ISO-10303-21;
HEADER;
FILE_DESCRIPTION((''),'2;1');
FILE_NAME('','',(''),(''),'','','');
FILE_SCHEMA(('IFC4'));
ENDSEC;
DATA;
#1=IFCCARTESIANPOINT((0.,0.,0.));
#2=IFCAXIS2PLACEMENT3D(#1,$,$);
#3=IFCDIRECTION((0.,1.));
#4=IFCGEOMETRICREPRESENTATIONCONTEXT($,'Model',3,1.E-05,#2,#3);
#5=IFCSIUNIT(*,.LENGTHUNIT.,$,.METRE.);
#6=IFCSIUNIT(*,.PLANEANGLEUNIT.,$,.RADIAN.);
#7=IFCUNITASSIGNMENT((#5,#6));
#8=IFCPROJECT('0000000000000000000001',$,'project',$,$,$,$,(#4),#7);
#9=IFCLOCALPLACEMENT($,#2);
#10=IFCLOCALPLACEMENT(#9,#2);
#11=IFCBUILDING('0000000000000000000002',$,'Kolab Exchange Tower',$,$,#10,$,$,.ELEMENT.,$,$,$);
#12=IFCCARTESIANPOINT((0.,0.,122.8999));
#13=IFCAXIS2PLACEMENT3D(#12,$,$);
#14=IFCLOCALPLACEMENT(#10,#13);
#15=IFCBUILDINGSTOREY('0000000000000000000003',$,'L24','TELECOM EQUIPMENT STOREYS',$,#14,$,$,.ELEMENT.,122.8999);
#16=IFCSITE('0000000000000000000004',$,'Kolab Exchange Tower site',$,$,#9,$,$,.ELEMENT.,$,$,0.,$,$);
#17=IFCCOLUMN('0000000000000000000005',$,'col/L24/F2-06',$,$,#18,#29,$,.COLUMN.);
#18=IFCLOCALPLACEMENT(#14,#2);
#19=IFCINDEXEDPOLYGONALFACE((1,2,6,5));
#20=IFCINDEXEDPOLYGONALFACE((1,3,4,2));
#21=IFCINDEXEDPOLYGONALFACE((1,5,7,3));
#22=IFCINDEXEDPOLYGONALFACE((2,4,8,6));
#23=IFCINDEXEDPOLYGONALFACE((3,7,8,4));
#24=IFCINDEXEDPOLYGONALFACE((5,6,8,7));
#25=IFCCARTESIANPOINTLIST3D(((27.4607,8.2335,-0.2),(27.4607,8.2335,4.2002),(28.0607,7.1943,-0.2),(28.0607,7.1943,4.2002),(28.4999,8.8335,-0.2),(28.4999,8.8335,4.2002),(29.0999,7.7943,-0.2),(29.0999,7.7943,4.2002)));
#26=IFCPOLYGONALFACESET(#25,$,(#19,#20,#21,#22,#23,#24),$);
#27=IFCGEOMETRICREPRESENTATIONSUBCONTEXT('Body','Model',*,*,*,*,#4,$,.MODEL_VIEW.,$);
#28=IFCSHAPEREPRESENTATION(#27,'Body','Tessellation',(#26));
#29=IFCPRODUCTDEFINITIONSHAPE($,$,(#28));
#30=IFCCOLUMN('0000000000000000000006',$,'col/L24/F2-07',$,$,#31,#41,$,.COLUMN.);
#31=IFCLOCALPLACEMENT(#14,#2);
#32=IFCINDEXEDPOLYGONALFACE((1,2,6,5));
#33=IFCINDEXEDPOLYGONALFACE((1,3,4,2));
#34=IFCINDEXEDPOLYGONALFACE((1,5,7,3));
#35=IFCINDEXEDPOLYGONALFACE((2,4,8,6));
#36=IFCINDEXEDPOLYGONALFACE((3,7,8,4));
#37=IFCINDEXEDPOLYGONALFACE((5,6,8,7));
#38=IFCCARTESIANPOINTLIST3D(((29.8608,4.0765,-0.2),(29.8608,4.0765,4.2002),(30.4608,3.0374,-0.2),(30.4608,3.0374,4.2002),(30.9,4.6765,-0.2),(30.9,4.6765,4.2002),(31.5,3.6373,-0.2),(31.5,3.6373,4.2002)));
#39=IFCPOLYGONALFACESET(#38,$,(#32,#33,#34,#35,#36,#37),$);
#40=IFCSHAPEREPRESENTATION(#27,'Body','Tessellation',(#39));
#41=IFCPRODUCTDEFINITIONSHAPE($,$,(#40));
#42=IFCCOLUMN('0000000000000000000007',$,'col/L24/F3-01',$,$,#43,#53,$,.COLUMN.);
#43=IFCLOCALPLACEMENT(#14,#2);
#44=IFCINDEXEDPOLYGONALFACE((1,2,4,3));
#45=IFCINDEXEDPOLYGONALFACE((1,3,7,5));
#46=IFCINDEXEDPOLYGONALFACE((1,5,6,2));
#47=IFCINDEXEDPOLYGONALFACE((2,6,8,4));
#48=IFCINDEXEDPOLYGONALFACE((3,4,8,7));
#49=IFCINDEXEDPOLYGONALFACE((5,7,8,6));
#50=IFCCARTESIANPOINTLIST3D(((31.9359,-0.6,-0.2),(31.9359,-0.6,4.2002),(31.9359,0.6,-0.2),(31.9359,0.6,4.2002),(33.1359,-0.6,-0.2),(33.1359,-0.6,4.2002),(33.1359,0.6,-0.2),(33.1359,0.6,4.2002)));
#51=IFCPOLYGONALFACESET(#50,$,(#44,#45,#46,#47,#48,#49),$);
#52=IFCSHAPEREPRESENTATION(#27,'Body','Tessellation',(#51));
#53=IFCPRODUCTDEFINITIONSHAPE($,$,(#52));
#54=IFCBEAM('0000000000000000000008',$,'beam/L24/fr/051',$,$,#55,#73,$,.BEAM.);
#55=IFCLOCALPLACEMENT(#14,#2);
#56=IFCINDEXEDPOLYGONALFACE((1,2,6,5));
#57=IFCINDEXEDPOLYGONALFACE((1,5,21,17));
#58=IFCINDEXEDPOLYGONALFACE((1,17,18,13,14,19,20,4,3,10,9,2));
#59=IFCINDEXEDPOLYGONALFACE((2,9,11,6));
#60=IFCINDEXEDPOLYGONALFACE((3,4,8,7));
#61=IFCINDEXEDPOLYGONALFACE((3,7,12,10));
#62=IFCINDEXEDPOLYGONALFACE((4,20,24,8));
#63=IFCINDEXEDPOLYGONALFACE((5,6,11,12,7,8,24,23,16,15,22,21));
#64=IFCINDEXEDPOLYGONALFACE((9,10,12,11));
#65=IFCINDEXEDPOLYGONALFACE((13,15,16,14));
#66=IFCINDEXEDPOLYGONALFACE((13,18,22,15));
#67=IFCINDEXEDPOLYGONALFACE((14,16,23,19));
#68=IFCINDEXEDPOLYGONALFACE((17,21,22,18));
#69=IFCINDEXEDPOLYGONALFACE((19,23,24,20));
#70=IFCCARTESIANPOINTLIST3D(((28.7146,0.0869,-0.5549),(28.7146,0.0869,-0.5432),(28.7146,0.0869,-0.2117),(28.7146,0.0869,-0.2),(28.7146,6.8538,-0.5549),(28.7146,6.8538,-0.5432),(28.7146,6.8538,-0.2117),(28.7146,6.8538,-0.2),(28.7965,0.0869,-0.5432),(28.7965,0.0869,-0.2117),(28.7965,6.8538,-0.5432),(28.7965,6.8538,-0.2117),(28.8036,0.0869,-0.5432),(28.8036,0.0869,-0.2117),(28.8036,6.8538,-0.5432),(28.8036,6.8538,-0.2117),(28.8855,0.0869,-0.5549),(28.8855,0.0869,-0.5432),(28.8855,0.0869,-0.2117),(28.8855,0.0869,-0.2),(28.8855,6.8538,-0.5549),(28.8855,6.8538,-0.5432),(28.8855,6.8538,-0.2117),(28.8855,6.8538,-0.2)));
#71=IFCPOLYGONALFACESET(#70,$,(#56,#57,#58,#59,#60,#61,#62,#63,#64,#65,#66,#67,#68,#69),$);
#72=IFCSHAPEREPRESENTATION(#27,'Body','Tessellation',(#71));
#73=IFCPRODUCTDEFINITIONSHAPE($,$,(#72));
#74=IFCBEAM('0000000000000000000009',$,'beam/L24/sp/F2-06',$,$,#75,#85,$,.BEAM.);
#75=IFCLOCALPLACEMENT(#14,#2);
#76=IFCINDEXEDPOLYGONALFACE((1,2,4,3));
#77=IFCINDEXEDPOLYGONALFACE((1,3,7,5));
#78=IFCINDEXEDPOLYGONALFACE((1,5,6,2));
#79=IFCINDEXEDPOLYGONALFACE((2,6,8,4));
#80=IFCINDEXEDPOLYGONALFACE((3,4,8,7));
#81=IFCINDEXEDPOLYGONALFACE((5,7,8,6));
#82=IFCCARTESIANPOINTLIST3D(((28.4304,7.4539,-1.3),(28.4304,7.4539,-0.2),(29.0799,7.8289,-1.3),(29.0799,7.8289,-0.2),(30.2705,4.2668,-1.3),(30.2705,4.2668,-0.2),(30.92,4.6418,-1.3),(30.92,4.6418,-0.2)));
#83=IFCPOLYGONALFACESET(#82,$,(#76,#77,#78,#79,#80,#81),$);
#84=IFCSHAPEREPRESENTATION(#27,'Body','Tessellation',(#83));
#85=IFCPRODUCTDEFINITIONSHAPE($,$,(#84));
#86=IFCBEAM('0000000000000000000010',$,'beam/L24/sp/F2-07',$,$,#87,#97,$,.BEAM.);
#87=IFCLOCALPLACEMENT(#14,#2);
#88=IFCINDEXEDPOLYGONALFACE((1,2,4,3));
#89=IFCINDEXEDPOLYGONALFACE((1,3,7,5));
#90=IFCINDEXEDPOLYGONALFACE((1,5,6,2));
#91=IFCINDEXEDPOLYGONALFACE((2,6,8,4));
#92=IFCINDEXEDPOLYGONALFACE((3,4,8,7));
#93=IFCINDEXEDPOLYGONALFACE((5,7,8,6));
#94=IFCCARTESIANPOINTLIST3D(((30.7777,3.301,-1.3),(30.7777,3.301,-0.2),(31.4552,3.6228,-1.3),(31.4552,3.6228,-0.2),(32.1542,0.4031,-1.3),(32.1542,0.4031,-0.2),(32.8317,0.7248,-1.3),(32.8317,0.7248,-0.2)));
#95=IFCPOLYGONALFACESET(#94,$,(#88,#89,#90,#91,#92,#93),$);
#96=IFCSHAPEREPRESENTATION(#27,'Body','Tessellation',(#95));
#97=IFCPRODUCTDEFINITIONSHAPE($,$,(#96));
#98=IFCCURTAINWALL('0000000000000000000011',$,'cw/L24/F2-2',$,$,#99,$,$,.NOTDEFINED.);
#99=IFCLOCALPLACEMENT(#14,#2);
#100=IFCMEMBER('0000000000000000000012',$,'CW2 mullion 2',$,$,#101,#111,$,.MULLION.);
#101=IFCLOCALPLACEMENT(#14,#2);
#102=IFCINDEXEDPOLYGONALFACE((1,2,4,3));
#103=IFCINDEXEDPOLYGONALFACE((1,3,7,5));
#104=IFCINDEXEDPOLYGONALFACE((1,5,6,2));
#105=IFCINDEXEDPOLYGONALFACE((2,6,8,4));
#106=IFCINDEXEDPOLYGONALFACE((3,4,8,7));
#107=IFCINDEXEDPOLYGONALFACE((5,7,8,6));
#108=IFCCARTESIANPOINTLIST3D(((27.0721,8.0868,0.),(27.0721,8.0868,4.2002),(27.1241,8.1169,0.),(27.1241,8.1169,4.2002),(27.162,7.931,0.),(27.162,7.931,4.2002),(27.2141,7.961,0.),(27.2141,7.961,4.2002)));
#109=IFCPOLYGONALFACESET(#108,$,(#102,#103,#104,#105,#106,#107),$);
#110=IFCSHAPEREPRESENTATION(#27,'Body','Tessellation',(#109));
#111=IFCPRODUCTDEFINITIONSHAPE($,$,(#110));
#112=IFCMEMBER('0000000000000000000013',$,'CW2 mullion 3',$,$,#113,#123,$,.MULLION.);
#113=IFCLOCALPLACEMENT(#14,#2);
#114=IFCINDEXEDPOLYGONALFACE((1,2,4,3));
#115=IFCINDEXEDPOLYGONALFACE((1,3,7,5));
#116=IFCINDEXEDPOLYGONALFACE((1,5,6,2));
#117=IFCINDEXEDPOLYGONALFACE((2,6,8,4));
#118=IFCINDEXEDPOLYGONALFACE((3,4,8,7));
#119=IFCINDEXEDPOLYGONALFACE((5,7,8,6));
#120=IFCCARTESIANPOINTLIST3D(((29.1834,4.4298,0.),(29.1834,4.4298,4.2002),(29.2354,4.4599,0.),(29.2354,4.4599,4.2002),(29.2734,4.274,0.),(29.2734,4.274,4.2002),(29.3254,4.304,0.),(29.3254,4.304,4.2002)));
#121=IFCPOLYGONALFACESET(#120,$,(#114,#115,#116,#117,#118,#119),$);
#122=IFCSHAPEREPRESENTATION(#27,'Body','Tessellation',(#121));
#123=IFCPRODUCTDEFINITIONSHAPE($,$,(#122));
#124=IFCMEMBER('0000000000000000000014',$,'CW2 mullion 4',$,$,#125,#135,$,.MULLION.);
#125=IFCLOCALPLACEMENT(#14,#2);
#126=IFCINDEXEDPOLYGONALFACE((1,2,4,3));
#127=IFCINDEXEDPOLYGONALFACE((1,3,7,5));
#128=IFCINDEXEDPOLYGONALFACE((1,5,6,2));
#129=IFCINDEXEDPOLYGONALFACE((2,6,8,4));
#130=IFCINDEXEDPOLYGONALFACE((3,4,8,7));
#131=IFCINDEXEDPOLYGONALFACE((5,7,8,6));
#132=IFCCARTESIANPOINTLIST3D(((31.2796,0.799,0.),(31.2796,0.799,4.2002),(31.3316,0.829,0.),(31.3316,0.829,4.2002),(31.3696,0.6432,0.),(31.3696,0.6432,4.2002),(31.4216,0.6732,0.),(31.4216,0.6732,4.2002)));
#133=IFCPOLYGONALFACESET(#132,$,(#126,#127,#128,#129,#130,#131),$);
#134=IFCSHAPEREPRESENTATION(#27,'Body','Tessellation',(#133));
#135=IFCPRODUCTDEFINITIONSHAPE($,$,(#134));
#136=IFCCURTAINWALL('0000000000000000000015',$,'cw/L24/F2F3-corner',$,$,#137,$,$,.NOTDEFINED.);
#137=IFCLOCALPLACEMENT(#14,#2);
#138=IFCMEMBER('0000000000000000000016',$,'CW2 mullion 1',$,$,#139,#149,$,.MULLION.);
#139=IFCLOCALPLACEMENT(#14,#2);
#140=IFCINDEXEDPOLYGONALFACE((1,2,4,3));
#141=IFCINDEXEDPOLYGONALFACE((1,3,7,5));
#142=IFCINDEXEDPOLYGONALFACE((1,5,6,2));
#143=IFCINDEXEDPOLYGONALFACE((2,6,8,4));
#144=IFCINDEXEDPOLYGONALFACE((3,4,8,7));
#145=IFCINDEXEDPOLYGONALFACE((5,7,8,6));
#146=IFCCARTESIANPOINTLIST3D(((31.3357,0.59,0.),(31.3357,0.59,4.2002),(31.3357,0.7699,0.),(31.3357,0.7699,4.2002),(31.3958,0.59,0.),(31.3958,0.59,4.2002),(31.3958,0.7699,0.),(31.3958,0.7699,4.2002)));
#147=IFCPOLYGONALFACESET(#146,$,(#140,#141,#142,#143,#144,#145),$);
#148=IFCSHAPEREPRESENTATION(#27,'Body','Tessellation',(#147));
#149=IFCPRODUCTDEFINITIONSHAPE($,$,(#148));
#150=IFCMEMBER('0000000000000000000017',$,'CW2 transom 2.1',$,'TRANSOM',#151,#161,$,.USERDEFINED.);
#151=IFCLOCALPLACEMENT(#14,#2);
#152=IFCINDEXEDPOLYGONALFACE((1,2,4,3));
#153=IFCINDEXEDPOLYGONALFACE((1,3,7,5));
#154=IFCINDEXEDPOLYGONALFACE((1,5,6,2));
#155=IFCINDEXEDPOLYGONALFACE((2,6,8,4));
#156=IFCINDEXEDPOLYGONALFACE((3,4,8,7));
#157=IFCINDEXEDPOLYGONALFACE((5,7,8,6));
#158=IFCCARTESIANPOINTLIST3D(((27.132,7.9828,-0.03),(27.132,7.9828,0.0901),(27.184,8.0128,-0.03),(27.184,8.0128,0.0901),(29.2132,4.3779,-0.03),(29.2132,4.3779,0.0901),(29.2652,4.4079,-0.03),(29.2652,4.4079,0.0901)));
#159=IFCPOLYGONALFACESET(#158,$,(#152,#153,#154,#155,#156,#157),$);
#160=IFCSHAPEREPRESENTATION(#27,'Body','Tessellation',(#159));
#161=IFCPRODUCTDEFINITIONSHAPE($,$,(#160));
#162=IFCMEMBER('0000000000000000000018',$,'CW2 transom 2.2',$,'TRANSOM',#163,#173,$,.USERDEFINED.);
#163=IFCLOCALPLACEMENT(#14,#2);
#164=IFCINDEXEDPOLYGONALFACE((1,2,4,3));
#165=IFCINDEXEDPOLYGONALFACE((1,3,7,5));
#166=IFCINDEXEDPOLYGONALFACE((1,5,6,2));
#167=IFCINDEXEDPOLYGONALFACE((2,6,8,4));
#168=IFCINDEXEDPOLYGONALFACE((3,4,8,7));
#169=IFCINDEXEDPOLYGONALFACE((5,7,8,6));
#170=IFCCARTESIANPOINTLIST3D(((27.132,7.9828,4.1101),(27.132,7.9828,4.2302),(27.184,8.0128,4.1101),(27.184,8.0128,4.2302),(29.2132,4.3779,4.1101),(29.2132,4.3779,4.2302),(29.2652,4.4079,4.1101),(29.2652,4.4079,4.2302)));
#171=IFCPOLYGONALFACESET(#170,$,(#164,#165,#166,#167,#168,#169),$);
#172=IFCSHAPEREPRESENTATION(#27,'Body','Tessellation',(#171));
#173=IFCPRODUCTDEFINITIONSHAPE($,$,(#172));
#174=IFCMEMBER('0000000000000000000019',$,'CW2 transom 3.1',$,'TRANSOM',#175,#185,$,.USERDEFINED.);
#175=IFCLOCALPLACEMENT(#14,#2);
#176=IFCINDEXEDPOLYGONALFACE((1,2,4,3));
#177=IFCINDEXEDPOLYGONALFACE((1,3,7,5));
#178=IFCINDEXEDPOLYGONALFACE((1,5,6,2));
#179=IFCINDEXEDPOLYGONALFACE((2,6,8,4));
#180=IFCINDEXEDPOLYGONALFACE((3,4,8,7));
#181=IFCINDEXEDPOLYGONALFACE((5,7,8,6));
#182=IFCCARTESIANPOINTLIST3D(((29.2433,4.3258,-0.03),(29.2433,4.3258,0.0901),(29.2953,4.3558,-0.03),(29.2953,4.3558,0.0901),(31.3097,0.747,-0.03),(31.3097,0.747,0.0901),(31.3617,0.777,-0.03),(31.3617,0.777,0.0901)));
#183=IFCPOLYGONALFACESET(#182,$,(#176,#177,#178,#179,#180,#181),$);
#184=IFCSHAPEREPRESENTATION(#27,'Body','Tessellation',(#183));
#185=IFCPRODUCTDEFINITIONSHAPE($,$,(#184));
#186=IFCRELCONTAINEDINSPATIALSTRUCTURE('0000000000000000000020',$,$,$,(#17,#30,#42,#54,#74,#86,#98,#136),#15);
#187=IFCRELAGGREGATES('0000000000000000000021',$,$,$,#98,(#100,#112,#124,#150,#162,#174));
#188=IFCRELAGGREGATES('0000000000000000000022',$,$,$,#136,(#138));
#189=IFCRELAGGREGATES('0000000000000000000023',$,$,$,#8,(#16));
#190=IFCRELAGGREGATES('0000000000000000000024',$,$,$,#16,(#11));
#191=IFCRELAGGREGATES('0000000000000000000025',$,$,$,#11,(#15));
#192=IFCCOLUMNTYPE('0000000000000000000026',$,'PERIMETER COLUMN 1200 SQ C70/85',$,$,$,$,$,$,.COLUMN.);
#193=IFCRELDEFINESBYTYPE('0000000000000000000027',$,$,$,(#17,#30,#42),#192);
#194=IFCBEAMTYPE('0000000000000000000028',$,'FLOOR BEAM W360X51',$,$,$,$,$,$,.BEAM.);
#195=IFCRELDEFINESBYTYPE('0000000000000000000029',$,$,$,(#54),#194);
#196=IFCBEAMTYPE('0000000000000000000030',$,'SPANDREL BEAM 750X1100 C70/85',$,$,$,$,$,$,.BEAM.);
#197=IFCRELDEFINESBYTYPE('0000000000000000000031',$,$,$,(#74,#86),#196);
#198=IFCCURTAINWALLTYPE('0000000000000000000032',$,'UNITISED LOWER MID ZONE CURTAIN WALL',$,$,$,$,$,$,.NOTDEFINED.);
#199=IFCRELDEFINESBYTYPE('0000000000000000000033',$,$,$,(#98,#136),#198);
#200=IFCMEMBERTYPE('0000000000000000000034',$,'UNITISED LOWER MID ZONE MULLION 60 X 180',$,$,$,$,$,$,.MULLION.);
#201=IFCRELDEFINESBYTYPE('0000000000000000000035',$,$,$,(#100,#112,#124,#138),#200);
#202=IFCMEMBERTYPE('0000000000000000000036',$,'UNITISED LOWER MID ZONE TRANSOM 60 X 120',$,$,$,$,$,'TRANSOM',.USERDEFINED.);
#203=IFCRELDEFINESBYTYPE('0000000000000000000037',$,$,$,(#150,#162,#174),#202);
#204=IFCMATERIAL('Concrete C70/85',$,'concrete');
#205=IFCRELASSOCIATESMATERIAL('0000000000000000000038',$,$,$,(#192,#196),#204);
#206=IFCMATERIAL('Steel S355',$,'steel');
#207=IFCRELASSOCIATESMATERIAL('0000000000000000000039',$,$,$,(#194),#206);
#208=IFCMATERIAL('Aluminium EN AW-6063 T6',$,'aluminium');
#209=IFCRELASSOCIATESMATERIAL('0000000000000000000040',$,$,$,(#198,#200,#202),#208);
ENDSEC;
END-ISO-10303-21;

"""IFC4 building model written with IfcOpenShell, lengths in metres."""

from ifc_helpers import new_model, si_unit, direction, frame, origin, origin_2d, place, context, subcontext, project, spatial, rectangle, i_section, extrude, material, material_profile, profile_set, type_object, element, aggregate, save


model = new_model("IFC4")

# Units and contexts
model_context = context("Model", 3, precision=1e-05, world=origin(), true_north=direction((0.0, 1.0)))
body_context = subcontext(model_context, "Body", "Model", "MODEL_VIEW")
ifc_project = project(units=[si_unit("LENGTHUNIT", "METRE"), si_unit("PLANEANGLEUNIT", "RADIAN")], contexts=[model_context])

# Site, building, storey
site_placement = place(None, origin())
site = spatial("IfcSite", under=ifc_project, at=site_placement, Name="Kolab Exchange Tower site", CompositionType="ELEMENT", RefElevation=0.0)
building_placement = place(site_placement, origin())
building = spatial("IfcBuilding", under=site, at=building_placement, Name="Kolab Exchange Tower", CompositionType="ELEMENT")
storey_placement = place(building_placement, frame((0.0, 0.0, 122.8999)))
storey = spatial("IfcBuildingStorey", under=building, at=storey_placement, Name="L24", Description="TELECOM EQUIPMENT STOREYS", CompositionType="ELEMENT", Elevation=122.8999)

# Columns
ifc_material_1 = material(Name="Concrete C70/85", Category="concrete")
ifc_material_profile_1 = material_profile(ifc_material_1, rectangle(XDim=1.2, YDim=1.2, at=origin_2d()), Name="RC1200")
ifc_profile_set_1 = profile_set([ifc_material_profile_1], Name="Concrete C70/85")
column_type = type_object("IfcColumnType", Name="PERIMETER COLUMN 1200 SQ C70/85", PredefinedType="COLUMN", material=ifc_profile_set_1)
for number, where, z_axis, x_axis, name in (
    (1, (28.2803, 8.0139, -0.2), (0.0, 0.0, 1.0), (0.866025, 0.5, 0.0), "col/L24/F2-06"),
    (2, (30.6804, 3.8569, -0.2), (0.0, 0.0, 1.0), (0.866025, 0.5, 0.0), "col/L24/F2-07"),
    (3, (32.5359, 0.0, -0.2), (0.0, 0.0, 1.0), (1.0, 0.0, 0.0), "col/L24/F3-01"),
):
    element("IfcColumn", number, at=place(storey_placement, frame(where, z_axis=z_axis, x_axis=x_axis)), inside=storey, type_object=column_type, Name=name, PredefinedType="COLUMN", context=body_context, shape_type="SweptSolid", body=[
        extrude(rectangle(XDim=1.2, YDim=1.2, at=origin_2d()), origin(), (0.0, 0.0, 1.0), 4.4001),
    ])

# Beams
ifc_material_2 = material(Name="Steel S355", Category="steel")
ifc_material_profile_2 = material_profile(ifc_material_2, i_section(OverallWidth=0.1709, OverallDepth=0.355, WebThickness=0.0071, FlangeThickness=0.0117, at=origin_2d()), Name="W360X51")
ifc_profile_set_2 = profile_set([ifc_material_profile_2], Name="Steel S355")
beam_type_1 = type_object("IfcBeamType", Name="FLOOR BEAM W360X51", PredefinedType="BEAM", material=ifc_profile_set_2)
beam_1_placement = place(storey_placement, frame((28.8, 0.0869, -0.3774), z_axis=(0.0, 1.0, 0.0), x_axis=(-1.0, 0.0, 0.0)))
element("IfcBeam", 4, at=beam_1_placement, inside=storey, type_object=beam_type_1, Name="beam/L24/fr/051", PredefinedType="BEAM", context=body_context, shape_type="SweptSolid", body=[
    extrude(i_section(OverallWidth=0.1709, OverallDepth=0.355, WebThickness=0.0071, FlangeThickness=0.0117, at=origin_2d()), origin(), (0.0, 0.0, 1.0), 6.7668),
])
ifc_material_profile_3 = material_profile(ifc_material_1, rectangle(XDim=0.75, YDim=1.1001, at=origin_2d()), Name="RC750X1100")
ifc_profile_set_3 = profile_set([ifc_material_profile_3], Name="Concrete C70/85")
beam_type_2 = type_object("IfcBeamType", Name="SPANDREL BEAM 750X1100 C70/85", PredefinedType="BEAM", material=ifc_profile_set_3)
beam_2_placement = place(storey_placement, frame((28.7551, 7.6414, -0.75), z_axis=(0.500013, -0.866018, 0.0), x_axis=(0.866018, 0.500013, 0.0)))
element("IfcBeam", 5, at=beam_2_placement, inside=storey, type_object=beam_type_2, Name="beam/L24/sp/F2-06", PredefinedType="BEAM", context=body_context, shape_type="SweptSolid", body=[
    extrude(rectangle(XDim=0.75, YDim=1.1001, at=origin_2d()), origin(), (0.0, 0.0, 1.0), 3.6802),
])
beam_3_placement = place(storey_placement, frame((31.1165, 3.4619, -0.75), z_axis=(0.429041, -0.903285, 0.0), x_axis=(0.903285, 0.429041, 0.0)))
element("IfcBeam", 6, at=beam_3_placement, inside=storey, type_object=beam_type_2, Name="beam/L24/sp/F2-07", PredefinedType="BEAM", context=body_context, shape_type="SweptSolid", body=[
    extrude(rectangle(XDim=0.75, YDim=1.1001, at=origin_2d()), origin(), (0.0, 0.0, 1.0), 3.2083),
])

# Curtain wall, members
ifc_material_3 = material(Name="Aluminium EN AW-6063 T6", Category="aluminium")
curtain_wall_type = type_object("IfcCurtainWallType", Name="UNITISED LOWER MID ZONE CURTAIN WALL", PredefinedType="NOTDEFINED", material=ifc_material_3)
curtain_wall_1_placement = place(storey_placement, origin())
curtain_wall_1 = element("IfcCurtainWall", 7, at=curtain_wall_1_placement, inside=storey, type_object=curtain_wall_type, Name="cw/L24/F2-2", PredefinedType="NOTDEFINED")
ifc_material_profile_4 = material_profile(ifc_material_3, rectangle(XDim=0.0601, YDim=0.1799, at=origin_2d()), Name="RECT 60X180")
ifc_profile_set_4 = profile_set([ifc_material_profile_4], Name="Aluminium EN AW-6063 T6")
member_type_1 = type_object("IfcMemberType", Name="UNITISED LOWER MID ZONE MULLION 60 X 180", PredefinedType="MULLION", material=ifc_profile_set_4)
member_1_placement = place(storey_placement, frame((27.1431, 8.0239, 0.0), z_axis=(0.0, 0.0, 1.0), x_axis=(0.866025, 0.5, 0.0)))
member_1 = element("IfcMember", 8, at=member_1_placement, type_object=member_type_1, Name="CW2 mullion 2", PredefinedType="MULLION", context=body_context, shape_type="SweptSolid", body=[
    extrude(rectangle(XDim=0.0601, YDim=0.1799, at=origin_2d()), origin(), (0.0, 0.0, 1.0), 4.2002),
])
member_2_placement = place(storey_placement, frame((29.2544, 4.3669, 0.0), z_axis=(0.0, 0.0, 1.0), x_axis=(0.866025, 0.5, 0.0)))
member_2 = element("IfcMember", 9, at=member_2_placement, type_object=member_type_1, Name="CW2 mullion 3", PredefinedType="MULLION", context=body_context, shape_type="SweptSolid", body=[
    extrude(rectangle(XDim=0.0601, YDim=0.1799, at=origin_2d()), origin(), (0.0, 0.0, 1.0), 4.2002),
])
member_3_placement = place(storey_placement, frame((31.3506, 0.7361, 0.0), z_axis=(0.0, 0.0, 1.0), x_axis=(0.866025, 0.5, 0.0)))
member_3 = element("IfcMember", 10, at=member_3_placement, type_object=member_type_1, Name="CW2 mullion 4", PredefinedType="MULLION", context=body_context, shape_type="SweptSolid", body=[
    extrude(rectangle(XDim=0.0601, YDim=0.1799, at=origin_2d()), origin(), (0.0, 0.0, 1.0), 4.2002),
])

# Curtain wall, member
curtain_wall_2_placement = place(storey_placement, origin())
curtain_wall_2 = element("IfcCurtainWall", 11, at=curtain_wall_2_placement, inside=storey, type_object=curtain_wall_type, Name="cw/L24/F2F3-corner", PredefinedType="NOTDEFINED")
member_4_placement = place(storey_placement, frame((31.3657, 0.6799, 0.0), z_axis=(0.0, 0.0, 1.0), x_axis=(1.0, 0.0, 0.0)))
member_4 = element("IfcMember", 12, at=member_4_placement, type_object=member_type_1, Name="CW2 mullion 1", PredefinedType="MULLION", context=body_context, shape_type="SweptSolid", body=[
    extrude(rectangle(XDim=0.0601, YDim=0.1799, at=origin_2d()), origin(), (0.0, 0.0, 1.0), 4.2002),
])

# Members
ifc_material_profile_5 = material_profile(ifc_material_3, rectangle(XDim=0.0601, YDim=0.1201, at=origin_2d()), Name="RECT 60X120")
ifc_profile_set_5 = profile_set([ifc_material_profile_5], Name="Aluminium EN AW-6063 T6")
member_type_2 = type_object("IfcMemberType", Name="UNITISED LOWER MID ZONE TRANSOM 60 X 120", ElementType="TRANSOM", PredefinedType="USERDEFINED", material=ifc_profile_set_5)
member_5_placement = place(storey_placement, frame((27.158, 7.9978, 0.03), z_axis=(0.499993, -0.866029, 0.0), x_axis=(0.866029, 0.499993, 0.0)))
member_5 = element("IfcMember", 13, at=member_5_placement, type_object=member_type_2, Name="CW2 transom 2.1", ObjectType="TRANSOM", PredefinedType="USERDEFINED", context=body_context, shape_type="SweptSolid", body=[
    extrude(rectangle(XDim=0.0601, YDim=0.1201, at=origin_2d()), origin(), (0.0, 0.0, 1.0), 4.1626),
])
member_6_placement = place(storey_placement, frame((27.158, 7.9978, 4.1702), z_axis=(0.499993, -0.866029, 0.0), x_axis=(0.866029, 0.499993, 0.0)))
member_6 = element("IfcMember", 14, at=member_6_placement, type_object=member_type_2, Name="CW2 transom 2.2", ObjectType="TRANSOM", PredefinedType="USERDEFINED", context=body_context, shape_type="SweptSolid", body=[
    extrude(rectangle(XDim=0.0601, YDim=0.1201, at=origin_2d()), origin(), (0.0, 0.0, 1.0), 4.1626),
])
member_7_placement = place(storey_placement, frame((29.2693, 4.3408, 0.03), z_axis=(0.500028, -0.866009, 0.0), x_axis=(0.866009, 0.500028, 0.0)))
member_7 = element("IfcMember", 15, at=member_7_placement, type_object=member_type_2, Name="CW2 transom 3.1", ObjectType="TRANSOM", PredefinedType="USERDEFINED", context=body_context, shape_type="SweptSolid", body=[
    extrude(rectangle(XDim=0.0601, YDim=0.1201, at=origin_2d()), origin(), (0.0, 0.0, 1.0), 4.1326),
])

aggregate(curtain_wall_1, [member_1, member_2, member_3, member_5, member_6, member_7])
aggregate(curtain_wall_2, [member_4])

save(model, "model.ifc")
